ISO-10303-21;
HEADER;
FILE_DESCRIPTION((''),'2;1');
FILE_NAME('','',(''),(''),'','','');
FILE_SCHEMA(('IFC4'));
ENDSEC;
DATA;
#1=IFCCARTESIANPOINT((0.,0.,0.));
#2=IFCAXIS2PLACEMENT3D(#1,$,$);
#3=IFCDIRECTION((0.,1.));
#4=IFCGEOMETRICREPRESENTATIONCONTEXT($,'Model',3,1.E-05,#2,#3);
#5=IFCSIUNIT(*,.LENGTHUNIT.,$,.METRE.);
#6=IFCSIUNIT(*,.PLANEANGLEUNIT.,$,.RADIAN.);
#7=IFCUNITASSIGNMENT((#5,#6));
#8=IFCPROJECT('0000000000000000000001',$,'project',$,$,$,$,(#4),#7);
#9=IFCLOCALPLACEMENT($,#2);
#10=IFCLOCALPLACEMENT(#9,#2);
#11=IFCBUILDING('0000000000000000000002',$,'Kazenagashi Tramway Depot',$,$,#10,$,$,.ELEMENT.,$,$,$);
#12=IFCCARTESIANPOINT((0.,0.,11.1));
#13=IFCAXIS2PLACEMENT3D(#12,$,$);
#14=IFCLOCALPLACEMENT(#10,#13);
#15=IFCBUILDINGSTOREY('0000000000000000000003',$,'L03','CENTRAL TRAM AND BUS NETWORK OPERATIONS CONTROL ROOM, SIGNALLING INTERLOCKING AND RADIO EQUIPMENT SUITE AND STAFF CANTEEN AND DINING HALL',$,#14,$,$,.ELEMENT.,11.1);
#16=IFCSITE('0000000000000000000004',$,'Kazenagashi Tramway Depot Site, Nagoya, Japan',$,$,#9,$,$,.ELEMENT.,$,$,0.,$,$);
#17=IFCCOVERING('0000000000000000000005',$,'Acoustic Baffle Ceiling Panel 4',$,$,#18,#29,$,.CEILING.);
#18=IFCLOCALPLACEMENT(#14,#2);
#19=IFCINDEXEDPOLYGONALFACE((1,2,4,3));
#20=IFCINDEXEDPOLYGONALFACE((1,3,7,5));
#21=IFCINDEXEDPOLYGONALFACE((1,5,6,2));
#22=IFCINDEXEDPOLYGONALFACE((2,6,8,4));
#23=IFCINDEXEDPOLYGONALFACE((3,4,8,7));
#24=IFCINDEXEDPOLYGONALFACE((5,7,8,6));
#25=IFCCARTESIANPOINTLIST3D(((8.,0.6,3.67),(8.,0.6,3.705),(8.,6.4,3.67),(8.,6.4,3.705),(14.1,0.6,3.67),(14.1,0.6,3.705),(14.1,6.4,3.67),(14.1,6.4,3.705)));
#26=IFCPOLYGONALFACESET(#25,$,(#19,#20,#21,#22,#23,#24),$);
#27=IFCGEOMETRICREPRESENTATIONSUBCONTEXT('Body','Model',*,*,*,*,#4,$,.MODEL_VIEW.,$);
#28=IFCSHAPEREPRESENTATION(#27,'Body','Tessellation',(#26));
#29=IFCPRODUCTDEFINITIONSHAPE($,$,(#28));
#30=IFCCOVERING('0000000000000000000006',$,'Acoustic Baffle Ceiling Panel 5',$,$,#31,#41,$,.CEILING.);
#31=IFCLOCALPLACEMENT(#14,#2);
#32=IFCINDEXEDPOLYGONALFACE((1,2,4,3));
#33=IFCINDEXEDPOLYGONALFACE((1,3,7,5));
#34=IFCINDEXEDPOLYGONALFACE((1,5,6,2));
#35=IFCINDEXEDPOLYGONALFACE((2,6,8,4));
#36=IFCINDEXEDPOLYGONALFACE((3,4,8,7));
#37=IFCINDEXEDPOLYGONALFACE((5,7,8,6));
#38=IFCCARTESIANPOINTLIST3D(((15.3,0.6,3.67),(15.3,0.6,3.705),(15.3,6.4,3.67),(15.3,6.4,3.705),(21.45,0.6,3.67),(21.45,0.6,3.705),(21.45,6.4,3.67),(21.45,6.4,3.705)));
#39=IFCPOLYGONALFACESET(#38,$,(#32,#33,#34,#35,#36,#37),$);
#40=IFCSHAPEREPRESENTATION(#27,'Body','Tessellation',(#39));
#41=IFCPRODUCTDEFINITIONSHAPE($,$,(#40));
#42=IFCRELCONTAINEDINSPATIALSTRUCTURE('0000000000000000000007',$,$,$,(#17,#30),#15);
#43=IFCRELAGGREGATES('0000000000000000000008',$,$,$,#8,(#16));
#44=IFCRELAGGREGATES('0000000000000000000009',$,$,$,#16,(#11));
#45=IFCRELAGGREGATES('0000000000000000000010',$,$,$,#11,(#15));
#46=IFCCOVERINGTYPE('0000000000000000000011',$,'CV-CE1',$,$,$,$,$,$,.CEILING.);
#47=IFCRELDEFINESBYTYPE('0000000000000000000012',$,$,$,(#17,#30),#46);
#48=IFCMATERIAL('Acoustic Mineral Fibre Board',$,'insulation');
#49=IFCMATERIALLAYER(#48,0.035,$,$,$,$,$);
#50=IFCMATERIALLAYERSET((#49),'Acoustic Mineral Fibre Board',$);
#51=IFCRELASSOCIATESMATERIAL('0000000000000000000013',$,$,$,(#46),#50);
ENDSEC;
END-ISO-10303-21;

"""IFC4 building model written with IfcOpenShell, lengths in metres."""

from ifc_helpers import new_model, si_unit, direction, frame, origin, place, context, subcontext, project, spatial, polyline, outline, extrude, material, layer, layer_set, type_object, element, save


model = new_model("IFC4")

# Units and contexts
model_context = context("Model", 3, precision=1e-05, world=origin(), true_north=direction((0.0, 1.0)))
body_context = subcontext(model_context, "Body", "Model", "MODEL_VIEW")
ifc_project = project(units=[si_unit("LENGTHUNIT", "METRE"), si_unit("PLANEANGLEUNIT", "RADIAN")], contexts=[model_context])

# Site, building, storey
site_placement = place(None, origin())
site = spatial("IfcSite", under=ifc_project, at=site_placement, Name="Kazenagashi Tramway Depot Site, Nagoya, Japan", CompositionType="ELEMENT", RefElevation=0.0)
building_placement = place(site_placement, origin())
building = spatial("IfcBuilding", under=site, at=building_placement, Name="Kazenagashi Tramway Depot", CompositionType="ELEMENT")
storey_placement = place(building_placement, frame((0.0, 0.0, 11.1)))
storey = spatial("IfcBuildingStorey", under=building, at=storey_placement, Name="L03", Description="CENTRAL TRAM AND BUS NETWORK OPERATIONS CONTROL ROOM, SIGNALLING INTERLOCKING AND RADIO EQUIPMENT SUITE AND STAFF CANTEEN AND DINING HALL", CompositionType="ELEMENT", Elevation=11.1)

# Coverings
ifc_material_1 = material(Name="Acoustic Mineral Fibre Board", Category="insulation")
ifc_layer_1 = layer(ifc_material_1, 0.035)
ifc_layer_set_1 = layer_set([ifc_layer_1], Name="Acoustic Mineral Fibre Board")
covering_type = type_object("IfcCoveringType", Name="CV-CE1", PredefinedType="CEILING", material=ifc_layer_set_1)
covering_1_placement = place(storey_placement, frame((0.0, 0.0, 3.67)))
element("IfcCovering", 1, at=covering_1_placement, inside=storey, type_object=covering_type, Name="Acoustic Baffle Ceiling Panel 4", PredefinedType="CEILING", context=body_context, shape_type="SweptSolid", body=[
    extrude(outline(polyline([(8.0, 0.6), (14.1, 0.6), (14.1, 6.4), (8.0, 6.4), (8.0, 0.6)])), origin(), (0.0, 0.0, 1.0), 0.035),
])
covering_2_placement = place(storey_placement, frame((0.0, 0.0, 3.67)))
element("IfcCovering", 2, at=covering_2_placement, inside=storey, type_object=covering_type, Name="Acoustic Baffle Ceiling Panel 5", PredefinedType="CEILING", context=body_context, shape_type="SweptSolid", body=[
    extrude(outline(polyline([(15.3, 0.6), (21.45, 0.6), (21.45, 6.4), (15.3, 6.4), (15.3, 0.6)])), origin(), (0.0, 0.0, 1.0), 0.035),
])

save(model, "model.ifc")
